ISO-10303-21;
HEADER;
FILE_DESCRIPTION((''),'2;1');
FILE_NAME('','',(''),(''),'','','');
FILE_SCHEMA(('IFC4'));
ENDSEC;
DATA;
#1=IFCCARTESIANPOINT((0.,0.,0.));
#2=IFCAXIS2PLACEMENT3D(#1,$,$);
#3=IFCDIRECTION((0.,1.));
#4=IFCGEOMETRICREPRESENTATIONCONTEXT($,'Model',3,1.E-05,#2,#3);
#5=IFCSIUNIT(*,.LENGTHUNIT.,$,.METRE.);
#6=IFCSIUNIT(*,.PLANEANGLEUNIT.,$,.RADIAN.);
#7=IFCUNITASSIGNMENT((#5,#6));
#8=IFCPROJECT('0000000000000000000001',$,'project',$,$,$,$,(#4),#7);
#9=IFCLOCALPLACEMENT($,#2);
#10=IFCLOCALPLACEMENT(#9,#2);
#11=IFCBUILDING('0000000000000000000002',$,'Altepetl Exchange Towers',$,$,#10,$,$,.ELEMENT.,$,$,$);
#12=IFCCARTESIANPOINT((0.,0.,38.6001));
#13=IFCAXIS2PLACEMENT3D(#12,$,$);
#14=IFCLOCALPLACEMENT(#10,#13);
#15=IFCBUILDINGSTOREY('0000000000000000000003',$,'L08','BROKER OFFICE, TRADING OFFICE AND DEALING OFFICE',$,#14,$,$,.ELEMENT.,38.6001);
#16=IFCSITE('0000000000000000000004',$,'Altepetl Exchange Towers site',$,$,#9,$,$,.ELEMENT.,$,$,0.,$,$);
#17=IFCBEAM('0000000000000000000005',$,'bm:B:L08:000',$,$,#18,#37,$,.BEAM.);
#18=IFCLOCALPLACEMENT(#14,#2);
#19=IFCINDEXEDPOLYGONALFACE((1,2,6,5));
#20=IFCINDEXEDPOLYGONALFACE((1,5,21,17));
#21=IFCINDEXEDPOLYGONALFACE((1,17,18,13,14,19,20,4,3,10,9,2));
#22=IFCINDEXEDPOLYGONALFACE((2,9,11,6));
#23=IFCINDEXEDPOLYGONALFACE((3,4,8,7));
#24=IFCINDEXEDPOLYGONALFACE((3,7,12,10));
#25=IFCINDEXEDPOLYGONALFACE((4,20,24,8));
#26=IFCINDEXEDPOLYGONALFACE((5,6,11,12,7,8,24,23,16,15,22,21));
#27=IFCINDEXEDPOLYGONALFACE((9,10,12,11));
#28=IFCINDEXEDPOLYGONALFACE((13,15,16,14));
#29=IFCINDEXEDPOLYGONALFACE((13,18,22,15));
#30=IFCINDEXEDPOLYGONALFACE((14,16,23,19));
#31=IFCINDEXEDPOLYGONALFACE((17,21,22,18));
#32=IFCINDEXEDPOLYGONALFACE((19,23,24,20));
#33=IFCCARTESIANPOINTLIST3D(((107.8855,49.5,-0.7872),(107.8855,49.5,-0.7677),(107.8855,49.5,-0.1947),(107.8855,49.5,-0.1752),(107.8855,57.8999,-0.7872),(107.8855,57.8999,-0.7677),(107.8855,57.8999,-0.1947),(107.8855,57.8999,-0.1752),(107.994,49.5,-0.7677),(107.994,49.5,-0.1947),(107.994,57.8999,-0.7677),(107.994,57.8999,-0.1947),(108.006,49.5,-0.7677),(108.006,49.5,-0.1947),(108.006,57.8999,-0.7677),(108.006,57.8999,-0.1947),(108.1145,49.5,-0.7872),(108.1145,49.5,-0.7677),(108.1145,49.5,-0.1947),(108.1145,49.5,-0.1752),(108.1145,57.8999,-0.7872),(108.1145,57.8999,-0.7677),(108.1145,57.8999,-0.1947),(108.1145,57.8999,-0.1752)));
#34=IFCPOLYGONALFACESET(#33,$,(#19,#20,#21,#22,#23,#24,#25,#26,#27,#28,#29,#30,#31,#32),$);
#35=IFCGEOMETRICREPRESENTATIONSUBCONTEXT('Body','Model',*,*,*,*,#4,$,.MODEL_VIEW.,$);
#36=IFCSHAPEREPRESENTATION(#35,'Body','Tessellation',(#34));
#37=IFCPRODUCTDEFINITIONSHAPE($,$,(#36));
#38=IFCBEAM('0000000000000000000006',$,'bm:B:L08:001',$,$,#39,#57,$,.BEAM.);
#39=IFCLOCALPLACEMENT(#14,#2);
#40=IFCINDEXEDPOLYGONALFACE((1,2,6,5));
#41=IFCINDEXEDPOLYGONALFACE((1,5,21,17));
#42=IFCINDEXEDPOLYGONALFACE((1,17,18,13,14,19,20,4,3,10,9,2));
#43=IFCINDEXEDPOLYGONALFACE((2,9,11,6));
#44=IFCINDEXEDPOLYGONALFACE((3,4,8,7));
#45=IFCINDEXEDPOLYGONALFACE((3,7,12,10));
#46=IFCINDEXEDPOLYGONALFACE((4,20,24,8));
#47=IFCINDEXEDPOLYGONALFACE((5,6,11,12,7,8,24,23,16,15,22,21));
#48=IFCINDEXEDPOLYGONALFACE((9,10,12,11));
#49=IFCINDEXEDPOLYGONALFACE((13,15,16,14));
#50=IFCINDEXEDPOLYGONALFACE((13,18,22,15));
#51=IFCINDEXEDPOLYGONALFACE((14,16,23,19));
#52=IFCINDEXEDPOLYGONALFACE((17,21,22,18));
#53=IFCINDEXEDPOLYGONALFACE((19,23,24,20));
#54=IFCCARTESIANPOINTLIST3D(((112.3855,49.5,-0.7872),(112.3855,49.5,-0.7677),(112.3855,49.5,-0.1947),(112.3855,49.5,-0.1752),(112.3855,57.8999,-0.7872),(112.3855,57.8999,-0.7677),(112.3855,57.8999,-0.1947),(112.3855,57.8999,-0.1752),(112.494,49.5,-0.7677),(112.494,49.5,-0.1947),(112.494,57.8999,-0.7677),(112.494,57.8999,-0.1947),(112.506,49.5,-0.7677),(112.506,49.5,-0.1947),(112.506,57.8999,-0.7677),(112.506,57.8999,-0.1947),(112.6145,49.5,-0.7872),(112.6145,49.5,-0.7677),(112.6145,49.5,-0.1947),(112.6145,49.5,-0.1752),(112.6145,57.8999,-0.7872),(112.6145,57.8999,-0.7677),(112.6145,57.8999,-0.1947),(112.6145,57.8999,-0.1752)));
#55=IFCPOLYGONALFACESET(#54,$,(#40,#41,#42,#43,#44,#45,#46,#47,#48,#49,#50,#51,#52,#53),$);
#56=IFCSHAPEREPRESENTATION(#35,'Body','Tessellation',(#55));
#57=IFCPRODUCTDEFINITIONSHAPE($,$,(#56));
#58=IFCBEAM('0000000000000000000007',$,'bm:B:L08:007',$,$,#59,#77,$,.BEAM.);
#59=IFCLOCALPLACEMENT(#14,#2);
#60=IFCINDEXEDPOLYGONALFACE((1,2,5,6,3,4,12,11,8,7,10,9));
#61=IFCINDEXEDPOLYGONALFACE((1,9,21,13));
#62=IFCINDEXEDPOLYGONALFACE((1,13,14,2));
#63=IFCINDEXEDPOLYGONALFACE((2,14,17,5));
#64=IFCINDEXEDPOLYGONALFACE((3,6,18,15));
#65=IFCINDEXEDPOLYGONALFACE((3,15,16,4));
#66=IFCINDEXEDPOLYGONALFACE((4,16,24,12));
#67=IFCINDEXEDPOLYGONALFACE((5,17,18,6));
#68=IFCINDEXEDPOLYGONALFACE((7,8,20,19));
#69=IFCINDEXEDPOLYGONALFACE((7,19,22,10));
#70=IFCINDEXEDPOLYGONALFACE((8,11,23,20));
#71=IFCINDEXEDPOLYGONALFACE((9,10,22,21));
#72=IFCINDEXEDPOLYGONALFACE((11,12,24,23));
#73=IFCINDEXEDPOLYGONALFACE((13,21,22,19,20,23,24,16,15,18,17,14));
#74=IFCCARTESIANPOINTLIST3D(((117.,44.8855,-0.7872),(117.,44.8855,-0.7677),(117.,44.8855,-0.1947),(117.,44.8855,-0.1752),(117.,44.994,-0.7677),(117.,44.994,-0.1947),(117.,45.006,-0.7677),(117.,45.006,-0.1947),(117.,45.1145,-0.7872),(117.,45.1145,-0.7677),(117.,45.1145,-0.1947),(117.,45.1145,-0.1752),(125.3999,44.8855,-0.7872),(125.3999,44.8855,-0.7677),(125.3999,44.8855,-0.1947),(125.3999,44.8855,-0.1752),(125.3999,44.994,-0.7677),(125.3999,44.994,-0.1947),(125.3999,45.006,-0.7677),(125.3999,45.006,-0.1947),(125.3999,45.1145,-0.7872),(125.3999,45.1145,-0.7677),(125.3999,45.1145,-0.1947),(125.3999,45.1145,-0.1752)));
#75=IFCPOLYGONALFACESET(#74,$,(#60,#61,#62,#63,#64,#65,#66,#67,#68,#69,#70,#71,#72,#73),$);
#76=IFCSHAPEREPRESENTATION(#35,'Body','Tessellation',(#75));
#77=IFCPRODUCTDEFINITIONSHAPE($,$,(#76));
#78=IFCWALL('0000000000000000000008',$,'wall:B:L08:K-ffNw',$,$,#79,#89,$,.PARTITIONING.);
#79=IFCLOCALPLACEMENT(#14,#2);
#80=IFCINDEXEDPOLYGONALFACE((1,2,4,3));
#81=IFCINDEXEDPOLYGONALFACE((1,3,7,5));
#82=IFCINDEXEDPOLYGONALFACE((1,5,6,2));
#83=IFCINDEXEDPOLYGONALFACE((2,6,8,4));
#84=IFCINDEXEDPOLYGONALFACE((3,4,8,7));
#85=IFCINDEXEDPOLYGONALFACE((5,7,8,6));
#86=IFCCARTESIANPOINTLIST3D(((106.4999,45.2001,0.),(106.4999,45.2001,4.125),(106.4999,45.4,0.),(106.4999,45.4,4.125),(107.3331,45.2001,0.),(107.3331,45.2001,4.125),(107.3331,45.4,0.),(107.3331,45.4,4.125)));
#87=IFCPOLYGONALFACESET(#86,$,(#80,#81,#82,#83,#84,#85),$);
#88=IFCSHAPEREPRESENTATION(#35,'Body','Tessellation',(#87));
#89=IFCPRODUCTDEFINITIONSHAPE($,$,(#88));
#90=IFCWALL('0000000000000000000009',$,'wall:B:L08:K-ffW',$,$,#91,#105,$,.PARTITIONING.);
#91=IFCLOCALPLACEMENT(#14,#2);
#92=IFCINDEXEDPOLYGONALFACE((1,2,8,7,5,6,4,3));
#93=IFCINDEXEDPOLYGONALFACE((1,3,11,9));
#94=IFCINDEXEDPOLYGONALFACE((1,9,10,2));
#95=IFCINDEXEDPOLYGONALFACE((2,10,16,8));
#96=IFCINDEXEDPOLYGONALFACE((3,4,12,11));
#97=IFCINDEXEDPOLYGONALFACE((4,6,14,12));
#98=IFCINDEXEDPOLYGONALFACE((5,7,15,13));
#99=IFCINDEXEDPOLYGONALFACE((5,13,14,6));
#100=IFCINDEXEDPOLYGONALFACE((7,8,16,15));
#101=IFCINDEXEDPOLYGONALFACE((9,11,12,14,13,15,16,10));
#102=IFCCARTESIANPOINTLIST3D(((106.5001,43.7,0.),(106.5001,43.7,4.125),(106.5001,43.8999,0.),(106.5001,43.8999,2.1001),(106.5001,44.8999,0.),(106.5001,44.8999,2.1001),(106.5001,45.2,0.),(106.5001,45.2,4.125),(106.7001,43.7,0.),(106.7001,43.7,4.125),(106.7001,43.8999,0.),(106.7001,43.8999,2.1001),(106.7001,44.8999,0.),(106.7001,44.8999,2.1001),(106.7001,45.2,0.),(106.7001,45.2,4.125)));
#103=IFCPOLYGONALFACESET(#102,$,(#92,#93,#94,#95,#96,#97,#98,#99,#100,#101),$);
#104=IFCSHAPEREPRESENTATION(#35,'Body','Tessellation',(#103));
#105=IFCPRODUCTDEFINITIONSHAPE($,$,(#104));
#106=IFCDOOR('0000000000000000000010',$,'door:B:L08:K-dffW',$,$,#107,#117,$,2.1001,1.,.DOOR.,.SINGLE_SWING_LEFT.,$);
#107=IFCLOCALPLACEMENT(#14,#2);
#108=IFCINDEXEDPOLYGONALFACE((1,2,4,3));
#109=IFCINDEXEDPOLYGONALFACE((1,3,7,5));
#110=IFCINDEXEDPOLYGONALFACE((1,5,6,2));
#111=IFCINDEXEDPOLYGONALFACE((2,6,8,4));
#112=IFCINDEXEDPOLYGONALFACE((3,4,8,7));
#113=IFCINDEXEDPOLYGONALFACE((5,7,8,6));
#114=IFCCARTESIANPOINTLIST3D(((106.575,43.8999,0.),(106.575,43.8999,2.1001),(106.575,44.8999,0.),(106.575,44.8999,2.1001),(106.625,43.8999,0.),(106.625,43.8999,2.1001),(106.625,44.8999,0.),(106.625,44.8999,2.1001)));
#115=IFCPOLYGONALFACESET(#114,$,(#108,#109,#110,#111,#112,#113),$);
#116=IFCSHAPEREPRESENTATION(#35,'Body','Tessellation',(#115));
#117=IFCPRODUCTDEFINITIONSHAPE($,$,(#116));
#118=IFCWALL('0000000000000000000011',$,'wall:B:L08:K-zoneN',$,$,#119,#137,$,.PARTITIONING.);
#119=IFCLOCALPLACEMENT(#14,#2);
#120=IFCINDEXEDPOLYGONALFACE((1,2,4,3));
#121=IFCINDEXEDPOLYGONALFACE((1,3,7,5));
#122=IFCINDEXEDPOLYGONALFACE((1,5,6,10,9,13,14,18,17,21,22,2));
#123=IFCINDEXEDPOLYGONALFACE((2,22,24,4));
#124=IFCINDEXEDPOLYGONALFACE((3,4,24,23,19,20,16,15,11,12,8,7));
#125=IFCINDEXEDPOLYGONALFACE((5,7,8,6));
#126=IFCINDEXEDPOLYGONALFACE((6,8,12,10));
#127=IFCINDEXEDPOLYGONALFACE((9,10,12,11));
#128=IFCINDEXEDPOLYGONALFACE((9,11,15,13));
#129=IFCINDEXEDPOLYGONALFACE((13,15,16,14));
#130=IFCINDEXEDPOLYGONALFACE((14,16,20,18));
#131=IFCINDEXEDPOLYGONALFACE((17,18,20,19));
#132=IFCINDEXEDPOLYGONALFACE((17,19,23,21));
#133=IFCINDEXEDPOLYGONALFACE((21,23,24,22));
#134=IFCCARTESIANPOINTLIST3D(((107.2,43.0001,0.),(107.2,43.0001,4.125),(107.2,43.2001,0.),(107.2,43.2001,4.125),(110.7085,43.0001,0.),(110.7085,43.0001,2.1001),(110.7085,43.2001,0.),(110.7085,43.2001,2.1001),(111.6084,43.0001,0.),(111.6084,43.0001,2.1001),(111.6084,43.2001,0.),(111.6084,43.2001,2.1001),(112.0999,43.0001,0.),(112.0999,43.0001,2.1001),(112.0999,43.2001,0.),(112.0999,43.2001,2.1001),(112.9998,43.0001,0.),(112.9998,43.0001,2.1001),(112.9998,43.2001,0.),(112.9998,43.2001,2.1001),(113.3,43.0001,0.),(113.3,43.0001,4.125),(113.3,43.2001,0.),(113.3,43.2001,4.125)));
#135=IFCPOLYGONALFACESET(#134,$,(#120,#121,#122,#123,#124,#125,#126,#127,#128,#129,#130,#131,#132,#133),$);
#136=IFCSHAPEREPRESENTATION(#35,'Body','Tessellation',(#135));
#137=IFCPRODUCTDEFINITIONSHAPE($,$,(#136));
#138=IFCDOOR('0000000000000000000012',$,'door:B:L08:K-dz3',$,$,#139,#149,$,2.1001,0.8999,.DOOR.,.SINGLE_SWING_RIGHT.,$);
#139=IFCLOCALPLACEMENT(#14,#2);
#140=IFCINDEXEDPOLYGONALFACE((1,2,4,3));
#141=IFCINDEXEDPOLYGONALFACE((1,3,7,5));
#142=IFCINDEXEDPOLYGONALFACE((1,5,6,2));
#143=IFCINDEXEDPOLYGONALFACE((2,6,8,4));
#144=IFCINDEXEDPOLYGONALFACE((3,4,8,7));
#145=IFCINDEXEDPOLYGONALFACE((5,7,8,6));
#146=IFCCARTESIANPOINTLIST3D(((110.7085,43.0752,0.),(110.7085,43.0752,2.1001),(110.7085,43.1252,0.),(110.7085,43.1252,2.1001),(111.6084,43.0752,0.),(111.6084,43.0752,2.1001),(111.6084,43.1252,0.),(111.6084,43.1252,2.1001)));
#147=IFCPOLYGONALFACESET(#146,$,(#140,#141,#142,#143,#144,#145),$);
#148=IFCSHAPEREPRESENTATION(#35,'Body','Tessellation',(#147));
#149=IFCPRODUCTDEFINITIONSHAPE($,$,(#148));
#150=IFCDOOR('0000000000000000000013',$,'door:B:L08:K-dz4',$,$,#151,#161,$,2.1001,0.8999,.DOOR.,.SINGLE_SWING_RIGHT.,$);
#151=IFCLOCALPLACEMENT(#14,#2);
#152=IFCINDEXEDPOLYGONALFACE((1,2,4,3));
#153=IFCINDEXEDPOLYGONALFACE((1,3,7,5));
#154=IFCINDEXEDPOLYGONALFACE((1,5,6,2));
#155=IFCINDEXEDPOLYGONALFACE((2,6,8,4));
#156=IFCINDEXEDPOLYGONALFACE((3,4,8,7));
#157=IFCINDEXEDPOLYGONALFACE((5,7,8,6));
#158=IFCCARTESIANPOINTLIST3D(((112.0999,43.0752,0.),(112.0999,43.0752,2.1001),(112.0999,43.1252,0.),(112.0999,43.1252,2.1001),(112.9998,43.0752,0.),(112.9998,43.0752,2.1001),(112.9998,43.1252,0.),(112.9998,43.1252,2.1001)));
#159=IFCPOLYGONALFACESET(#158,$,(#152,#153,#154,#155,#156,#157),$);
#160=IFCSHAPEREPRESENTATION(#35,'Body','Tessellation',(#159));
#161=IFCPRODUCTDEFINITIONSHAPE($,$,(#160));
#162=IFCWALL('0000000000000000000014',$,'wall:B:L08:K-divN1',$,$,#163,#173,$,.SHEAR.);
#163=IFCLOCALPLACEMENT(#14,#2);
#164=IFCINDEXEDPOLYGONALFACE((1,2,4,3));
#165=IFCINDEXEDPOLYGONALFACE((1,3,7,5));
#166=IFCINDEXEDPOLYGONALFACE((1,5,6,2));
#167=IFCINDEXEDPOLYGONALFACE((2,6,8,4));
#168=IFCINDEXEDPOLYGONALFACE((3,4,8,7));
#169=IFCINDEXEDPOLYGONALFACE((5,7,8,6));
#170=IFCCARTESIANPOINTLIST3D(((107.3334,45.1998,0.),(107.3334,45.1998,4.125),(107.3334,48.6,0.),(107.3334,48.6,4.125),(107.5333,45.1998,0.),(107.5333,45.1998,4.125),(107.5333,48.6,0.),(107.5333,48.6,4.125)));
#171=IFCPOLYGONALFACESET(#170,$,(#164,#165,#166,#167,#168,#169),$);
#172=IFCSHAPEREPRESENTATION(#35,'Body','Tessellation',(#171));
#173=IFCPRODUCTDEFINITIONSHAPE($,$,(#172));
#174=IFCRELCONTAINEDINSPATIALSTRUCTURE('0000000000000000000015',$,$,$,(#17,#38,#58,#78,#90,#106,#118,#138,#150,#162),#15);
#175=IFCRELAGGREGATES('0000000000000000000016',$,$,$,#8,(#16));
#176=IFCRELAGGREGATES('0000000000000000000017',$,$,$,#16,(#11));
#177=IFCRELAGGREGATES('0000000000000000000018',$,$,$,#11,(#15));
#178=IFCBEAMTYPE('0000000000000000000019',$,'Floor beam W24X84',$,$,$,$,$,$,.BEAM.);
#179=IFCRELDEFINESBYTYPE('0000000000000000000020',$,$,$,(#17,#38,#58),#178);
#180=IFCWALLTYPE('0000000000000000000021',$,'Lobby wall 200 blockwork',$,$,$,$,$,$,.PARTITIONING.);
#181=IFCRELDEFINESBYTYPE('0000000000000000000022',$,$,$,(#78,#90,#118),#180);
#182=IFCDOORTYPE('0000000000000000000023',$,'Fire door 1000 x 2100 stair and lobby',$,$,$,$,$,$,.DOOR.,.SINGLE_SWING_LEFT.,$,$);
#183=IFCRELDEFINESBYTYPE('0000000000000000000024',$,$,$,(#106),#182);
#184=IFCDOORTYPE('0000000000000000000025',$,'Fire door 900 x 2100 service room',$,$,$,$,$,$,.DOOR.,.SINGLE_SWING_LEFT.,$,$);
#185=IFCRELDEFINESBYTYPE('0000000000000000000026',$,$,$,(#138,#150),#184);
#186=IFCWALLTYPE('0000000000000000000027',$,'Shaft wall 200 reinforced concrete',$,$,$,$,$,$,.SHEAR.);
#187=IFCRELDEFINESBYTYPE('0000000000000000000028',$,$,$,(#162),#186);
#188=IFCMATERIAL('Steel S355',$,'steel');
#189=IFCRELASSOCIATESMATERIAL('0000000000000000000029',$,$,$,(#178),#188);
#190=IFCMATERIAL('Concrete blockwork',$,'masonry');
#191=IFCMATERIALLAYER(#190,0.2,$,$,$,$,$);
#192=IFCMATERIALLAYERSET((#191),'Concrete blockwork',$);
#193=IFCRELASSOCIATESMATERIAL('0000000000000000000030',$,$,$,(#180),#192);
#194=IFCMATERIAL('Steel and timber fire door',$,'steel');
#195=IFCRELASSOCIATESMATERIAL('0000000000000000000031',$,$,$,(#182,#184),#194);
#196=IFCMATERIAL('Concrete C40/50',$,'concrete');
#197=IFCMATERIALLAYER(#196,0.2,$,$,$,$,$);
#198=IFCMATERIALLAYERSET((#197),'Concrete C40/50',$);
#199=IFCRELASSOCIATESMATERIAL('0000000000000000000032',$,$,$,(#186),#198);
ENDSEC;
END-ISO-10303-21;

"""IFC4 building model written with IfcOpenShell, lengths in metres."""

from ifc_helpers import new_model, si_unit, direction, frame, frame_2d, origin, origin_2d, place, context, subcontext, project, spatial, rectangle, i_section, extrude, material, layer, layer_set, material_profile, profile_set, type_object, element, fill, save


model = new_model("IFC4")

# Units and contexts
model_context = context("Model", 3, precision=1e-05, world=origin(), true_north=direction((0.0, 1.0)))
body_context = subcontext(model_context, "Body", "Model", "MODEL_VIEW")
ifc_project = project(units=[si_unit("LENGTHUNIT", "METRE"), si_unit("PLANEANGLEUNIT", "RADIAN")], contexts=[model_context])

# Site, building, storey
site_placement = place(None, origin())
site = spatial("IfcSite", under=ifc_project, at=site_placement, Name="Altepetl Exchange Towers site", CompositionType="ELEMENT", RefElevation=0.0)
building_placement = place(site_placement, origin())
building = spatial("IfcBuilding", under=site, at=building_placement, Name="Altepetl Exchange Towers", CompositionType="ELEMENT")
storey_placement = place(building_placement, frame((0.0, 0.0, 38.6001)))
storey = spatial("IfcBuildingStorey", under=building, at=storey_placement, Name="L08", Description="BROKER OFFICE, TRADING OFFICE AND DEALING OFFICE", CompositionType="ELEMENT", Elevation=38.6001)

# Beams
ifc_material_1 = material(Name="Steel S355", Category="steel")
ifc_material_profile = material_profile(ifc_material_1, i_section(OverallWidth=0.229, OverallDepth=0.6121, WebThickness=0.012, FlangeThickness=0.0195, at=origin_2d()), Name="W24X84")
ifc_profile_set = profile_set([ifc_material_profile], Name="Steel S355")
beam_type = type_object("IfcBeamType", Name="Floor beam W24X84", PredefinedType="BEAM", material=ifc_profile_set)
for number, where, z_axis, x_axis, name in (
    (1, (108.0, 49.5, -0.4812), (0.0, 1.0, 0.0), (-1.0, 0.0, 0.0), "bm:B:L08:000"),
    (2, (112.5, 49.5, -0.4812), (0.0, 1.0, 0.0), (-1.0, 0.0, 0.0), "bm:B:L08:001"),
    (3, (117.0, 45.0, -0.4812), (1.0, 0.0, 0.0), (0.0, 1.0, 0.0), "bm:B:L08:007"),
):
    element("IfcBeam", number, at=place(storey_placement, frame(where, z_axis=z_axis, x_axis=x_axis)), inside=storey, type_object=beam_type, Name=name, PredefinedType="BEAM", context=body_context, shape_type="SweptSolid", body=[
        extrude(i_section(OverallWidth=0.229, OverallDepth=0.6121, WebThickness=0.012, FlangeThickness=0.0195, at=origin_2d()), origin(), (0.0, 0.0, 1.0), 8.3999),
    ])

# Wall
ifc_material_2 = material(Name="Concrete blockwork", Category="masonry")
ifc_layer_1 = layer(ifc_material_2, 0.2)
ifc_layer_set_1 = layer_set([ifc_layer_1], Name="Concrete blockwork")
wall_type_1 = type_object("IfcWallType", Name="Lobby wall 200 blockwork", PredefinedType="PARTITIONING", material=ifc_layer_set_1)
wall_1_placement = place(storey_placement, frame((106.5, 45.3, 0.0)))
element("IfcWall", 4, at=wall_1_placement, inside=storey, type_object=wall_type_1, Name="wall:B:L08:K-ffNw", PredefinedType="PARTITIONING", context=body_context, shape_type="SweptSolid", body=[
    extrude(rectangle(XDim=0.8333, YDim=0.2, at=frame_2d((0.4165, 0.0))), origin(), (0.0, 0.0, 1.0), 4.125),
])

# Wall, opening, door
wall_2_placement = place(storey_placement, frame((106.6001, 43.7, 0.0), z_axis=(0.0, 0.0, 1.0), x_axis=(0.0, 1.0, 0.0)))
wall_2 = element("IfcWall", 5, at=wall_2_placement, inside=storey, type_object=wall_type_1, Name="wall:B:L08:K-ffW", PredefinedType="PARTITIONING", context=body_context, shape_type="SweptSolid", body=[
    extrude(rectangle(XDim=1.5, YDim=0.2, at=frame_2d((0.75, 0.0))), origin(), (0.0, 0.0, 1.0), 4.125),
])
opening_1_placement = place(wall_2_placement, frame((0.2, 0.0, 0.0)))
opening_1 = element("IfcOpeningElement", 6, at=opening_1_placement, cuts=wall_2, PredefinedType="OPENING", context=body_context, shape_type="SweptSolid", body=[
    extrude(rectangle(XDim=1.0, YDim=2.1001, at=frame_2d((0.5, 1.05))), frame((0.0, 0.1099, 0.0), z_axis=(0.0, -1.0, 0.0), x_axis=(1.0, 0.0, 0.0)), (0.0, 0.0, 1.0), 0.22),
])
ifc_material_3 = material(Name="Steel and timber fire door", Category="steel")
door_type_1 = type_object("IfcDoorType", Name="Fire door 1000 x 2100 stair and lobby", OperationType="SINGLE_SWING_LEFT", PredefinedType="DOOR", material=ifc_material_3)
door_1_placement = place(opening_1_placement, frame((1.0, 0.0, 0.0), x_axis=(-1.0, 0.0, 0.0)))
door_1 = element("IfcDoor", 7, at=door_1_placement, inside=storey, type_object=door_type_1, Name="door:B:L08:K-dffW", OperationType="SINGLE_SWING_LEFT", OverallHeight=2.1001, OverallWidth=1.0, PredefinedType="DOOR", context=body_context, shape_type="SweptSolid", body=[
    extrude(rectangle(XDim=1.0, YDim=2.1001, at=frame_2d((0.5, 1.05))), frame((0.0, 0.0249, 0.0), z_axis=(0.0, -1.0, 0.0), x_axis=(1.0, 0.0, 0.0)), (0.0, 0.0, 1.0), 0.05),
])
fill(opening_1, door_1)

# Wall, openings, doors
wall_3_placement = place(storey_placement, frame((107.2, 43.1001, 0.0)))
wall_3 = element("IfcWall", 8, at=wall_3_placement, inside=storey, type_object=wall_type_1, Name="wall:B:L08:K-zoneN", PredefinedType="PARTITIONING", context=body_context, shape_type="SweptSolid", body=[
    extrude(rectangle(XDim=6.1001, YDim=0.2, at=frame_2d((3.05, 0.0))), origin(), (0.0, 0.0, 1.0), 4.125),
])
opening_2_placement = place(wall_3_placement, frame((3.5085, 0.0, 0.0)))
opening_2 = element("IfcOpeningElement", 9, at=opening_2_placement, cuts=wall_3, PredefinedType="OPENING", context=body_context, shape_type="SweptSolid", body=[
    extrude(rectangle(XDim=0.8999, YDim=2.1001, at=frame_2d((0.45, 1.05))), frame((0.0, 0.1099, 0.0), z_axis=(0.0, -1.0, 0.0), x_axis=(1.0, 0.0, 0.0)), (0.0, 0.0, 1.0), 0.22),
])
opening_3_placement = place(wall_3_placement, frame((4.8999, 0.0, 0.0)))
opening_3 = element("IfcOpeningElement", 10, at=opening_3_placement, cuts=wall_3, PredefinedType="OPENING", context=body_context, shape_type="SweptSolid", body=[
    extrude(rectangle(XDim=0.8999, YDim=2.1001, at=frame_2d((0.45, 1.05))), frame((0.0, 0.1099, 0.0), z_axis=(0.0, -1.0, 0.0), x_axis=(1.0, 0.0, 0.0)), (0.0, 0.0, 1.0), 0.22),
])
door_type_2 = type_object("IfcDoorType", Name="Fire door 900 x 2100 service room", OperationType="SINGLE_SWING_LEFT", PredefinedType="DOOR", material=ifc_material_3)
door_2_placement = place(opening_2_placement, frame((0.8999, 0.0, 0.0), x_axis=(-1.0, 0.0, 0.0)))
door_2 = element("IfcDoor", 11, at=door_2_placement, inside=storey, type_object=door_type_2, Name="door:B:L08:K-dz3", OperationType="SINGLE_SWING_RIGHT", OverallHeight=2.1001, OverallWidth=0.8999, PredefinedType="DOOR", context=body_context, shape_type="SweptSolid", body=[
    extrude(rectangle(XDim=0.8999, YDim=2.1001, at=frame_2d((0.45, 1.05))), frame((0.0, 0.0249, 0.0), z_axis=(0.0, -1.0, 0.0), x_axis=(1.0, 0.0, 0.0)), (0.0, 0.0, 1.0), 0.05),
])
fill(opening_2, door_2)
door_3_placement = place(opening_3_placement, frame((0.8999, 0.0, 0.0), x_axis=(-1.0, 0.0, 0.0)))
door_3 = element("IfcDoor", 12, at=door_3_placement, inside=storey, type_object=door_type_2, Name="door:B:L08:K-dz4", OperationType="SINGLE_SWING_RIGHT", OverallHeight=2.1001, OverallWidth=0.8999, PredefinedType="DOOR", context=body_context, shape_type="SweptSolid", body=[
    extrude(rectangle(XDim=0.8999, YDim=2.1001, at=frame_2d((0.45, 1.05))), frame((0.0, 0.0249, 0.0), z_axis=(0.0, -1.0, 0.0), x_axis=(1.0, 0.0, 0.0)), (0.0, 0.0, 1.0), 0.05),
])
fill(opening_3, door_3)

# Wall
ifc_material_4 = material(Name="Concrete C40/50", Category="concrete")
ifc_layer_2 = layer(ifc_material_4, 0.2)
ifc_layer_set_2 = layer_set([ifc_layer_2], Name="Concrete C40/50")
wall_type_2 = type_object("IfcWallType", Name="Shaft wall 200 reinforced concrete", PredefinedType="SHEAR", material=ifc_layer_set_2)
wall_4_placement = place(storey_placement, frame((107.4333, 48.6001, 0.0), z_axis=(0.0, 0.0, 1.0), x_axis=(0.0, -1.0, 0.0)))
element("IfcWall", 13, at=wall_4_placement, inside=storey, type_object=wall_type_2, Name="wall:B:L08:K-divN1", PredefinedType="SHEAR", context=body_context, shape_type="SweptSolid", body=[
    extrude(rectangle(XDim=3.4001, YDim=0.2, at=frame_2d((1.7002, 0.0))), origin(), (0.0, 0.0, 1.0), 4.125),
])

save(model, "model.ifc")
